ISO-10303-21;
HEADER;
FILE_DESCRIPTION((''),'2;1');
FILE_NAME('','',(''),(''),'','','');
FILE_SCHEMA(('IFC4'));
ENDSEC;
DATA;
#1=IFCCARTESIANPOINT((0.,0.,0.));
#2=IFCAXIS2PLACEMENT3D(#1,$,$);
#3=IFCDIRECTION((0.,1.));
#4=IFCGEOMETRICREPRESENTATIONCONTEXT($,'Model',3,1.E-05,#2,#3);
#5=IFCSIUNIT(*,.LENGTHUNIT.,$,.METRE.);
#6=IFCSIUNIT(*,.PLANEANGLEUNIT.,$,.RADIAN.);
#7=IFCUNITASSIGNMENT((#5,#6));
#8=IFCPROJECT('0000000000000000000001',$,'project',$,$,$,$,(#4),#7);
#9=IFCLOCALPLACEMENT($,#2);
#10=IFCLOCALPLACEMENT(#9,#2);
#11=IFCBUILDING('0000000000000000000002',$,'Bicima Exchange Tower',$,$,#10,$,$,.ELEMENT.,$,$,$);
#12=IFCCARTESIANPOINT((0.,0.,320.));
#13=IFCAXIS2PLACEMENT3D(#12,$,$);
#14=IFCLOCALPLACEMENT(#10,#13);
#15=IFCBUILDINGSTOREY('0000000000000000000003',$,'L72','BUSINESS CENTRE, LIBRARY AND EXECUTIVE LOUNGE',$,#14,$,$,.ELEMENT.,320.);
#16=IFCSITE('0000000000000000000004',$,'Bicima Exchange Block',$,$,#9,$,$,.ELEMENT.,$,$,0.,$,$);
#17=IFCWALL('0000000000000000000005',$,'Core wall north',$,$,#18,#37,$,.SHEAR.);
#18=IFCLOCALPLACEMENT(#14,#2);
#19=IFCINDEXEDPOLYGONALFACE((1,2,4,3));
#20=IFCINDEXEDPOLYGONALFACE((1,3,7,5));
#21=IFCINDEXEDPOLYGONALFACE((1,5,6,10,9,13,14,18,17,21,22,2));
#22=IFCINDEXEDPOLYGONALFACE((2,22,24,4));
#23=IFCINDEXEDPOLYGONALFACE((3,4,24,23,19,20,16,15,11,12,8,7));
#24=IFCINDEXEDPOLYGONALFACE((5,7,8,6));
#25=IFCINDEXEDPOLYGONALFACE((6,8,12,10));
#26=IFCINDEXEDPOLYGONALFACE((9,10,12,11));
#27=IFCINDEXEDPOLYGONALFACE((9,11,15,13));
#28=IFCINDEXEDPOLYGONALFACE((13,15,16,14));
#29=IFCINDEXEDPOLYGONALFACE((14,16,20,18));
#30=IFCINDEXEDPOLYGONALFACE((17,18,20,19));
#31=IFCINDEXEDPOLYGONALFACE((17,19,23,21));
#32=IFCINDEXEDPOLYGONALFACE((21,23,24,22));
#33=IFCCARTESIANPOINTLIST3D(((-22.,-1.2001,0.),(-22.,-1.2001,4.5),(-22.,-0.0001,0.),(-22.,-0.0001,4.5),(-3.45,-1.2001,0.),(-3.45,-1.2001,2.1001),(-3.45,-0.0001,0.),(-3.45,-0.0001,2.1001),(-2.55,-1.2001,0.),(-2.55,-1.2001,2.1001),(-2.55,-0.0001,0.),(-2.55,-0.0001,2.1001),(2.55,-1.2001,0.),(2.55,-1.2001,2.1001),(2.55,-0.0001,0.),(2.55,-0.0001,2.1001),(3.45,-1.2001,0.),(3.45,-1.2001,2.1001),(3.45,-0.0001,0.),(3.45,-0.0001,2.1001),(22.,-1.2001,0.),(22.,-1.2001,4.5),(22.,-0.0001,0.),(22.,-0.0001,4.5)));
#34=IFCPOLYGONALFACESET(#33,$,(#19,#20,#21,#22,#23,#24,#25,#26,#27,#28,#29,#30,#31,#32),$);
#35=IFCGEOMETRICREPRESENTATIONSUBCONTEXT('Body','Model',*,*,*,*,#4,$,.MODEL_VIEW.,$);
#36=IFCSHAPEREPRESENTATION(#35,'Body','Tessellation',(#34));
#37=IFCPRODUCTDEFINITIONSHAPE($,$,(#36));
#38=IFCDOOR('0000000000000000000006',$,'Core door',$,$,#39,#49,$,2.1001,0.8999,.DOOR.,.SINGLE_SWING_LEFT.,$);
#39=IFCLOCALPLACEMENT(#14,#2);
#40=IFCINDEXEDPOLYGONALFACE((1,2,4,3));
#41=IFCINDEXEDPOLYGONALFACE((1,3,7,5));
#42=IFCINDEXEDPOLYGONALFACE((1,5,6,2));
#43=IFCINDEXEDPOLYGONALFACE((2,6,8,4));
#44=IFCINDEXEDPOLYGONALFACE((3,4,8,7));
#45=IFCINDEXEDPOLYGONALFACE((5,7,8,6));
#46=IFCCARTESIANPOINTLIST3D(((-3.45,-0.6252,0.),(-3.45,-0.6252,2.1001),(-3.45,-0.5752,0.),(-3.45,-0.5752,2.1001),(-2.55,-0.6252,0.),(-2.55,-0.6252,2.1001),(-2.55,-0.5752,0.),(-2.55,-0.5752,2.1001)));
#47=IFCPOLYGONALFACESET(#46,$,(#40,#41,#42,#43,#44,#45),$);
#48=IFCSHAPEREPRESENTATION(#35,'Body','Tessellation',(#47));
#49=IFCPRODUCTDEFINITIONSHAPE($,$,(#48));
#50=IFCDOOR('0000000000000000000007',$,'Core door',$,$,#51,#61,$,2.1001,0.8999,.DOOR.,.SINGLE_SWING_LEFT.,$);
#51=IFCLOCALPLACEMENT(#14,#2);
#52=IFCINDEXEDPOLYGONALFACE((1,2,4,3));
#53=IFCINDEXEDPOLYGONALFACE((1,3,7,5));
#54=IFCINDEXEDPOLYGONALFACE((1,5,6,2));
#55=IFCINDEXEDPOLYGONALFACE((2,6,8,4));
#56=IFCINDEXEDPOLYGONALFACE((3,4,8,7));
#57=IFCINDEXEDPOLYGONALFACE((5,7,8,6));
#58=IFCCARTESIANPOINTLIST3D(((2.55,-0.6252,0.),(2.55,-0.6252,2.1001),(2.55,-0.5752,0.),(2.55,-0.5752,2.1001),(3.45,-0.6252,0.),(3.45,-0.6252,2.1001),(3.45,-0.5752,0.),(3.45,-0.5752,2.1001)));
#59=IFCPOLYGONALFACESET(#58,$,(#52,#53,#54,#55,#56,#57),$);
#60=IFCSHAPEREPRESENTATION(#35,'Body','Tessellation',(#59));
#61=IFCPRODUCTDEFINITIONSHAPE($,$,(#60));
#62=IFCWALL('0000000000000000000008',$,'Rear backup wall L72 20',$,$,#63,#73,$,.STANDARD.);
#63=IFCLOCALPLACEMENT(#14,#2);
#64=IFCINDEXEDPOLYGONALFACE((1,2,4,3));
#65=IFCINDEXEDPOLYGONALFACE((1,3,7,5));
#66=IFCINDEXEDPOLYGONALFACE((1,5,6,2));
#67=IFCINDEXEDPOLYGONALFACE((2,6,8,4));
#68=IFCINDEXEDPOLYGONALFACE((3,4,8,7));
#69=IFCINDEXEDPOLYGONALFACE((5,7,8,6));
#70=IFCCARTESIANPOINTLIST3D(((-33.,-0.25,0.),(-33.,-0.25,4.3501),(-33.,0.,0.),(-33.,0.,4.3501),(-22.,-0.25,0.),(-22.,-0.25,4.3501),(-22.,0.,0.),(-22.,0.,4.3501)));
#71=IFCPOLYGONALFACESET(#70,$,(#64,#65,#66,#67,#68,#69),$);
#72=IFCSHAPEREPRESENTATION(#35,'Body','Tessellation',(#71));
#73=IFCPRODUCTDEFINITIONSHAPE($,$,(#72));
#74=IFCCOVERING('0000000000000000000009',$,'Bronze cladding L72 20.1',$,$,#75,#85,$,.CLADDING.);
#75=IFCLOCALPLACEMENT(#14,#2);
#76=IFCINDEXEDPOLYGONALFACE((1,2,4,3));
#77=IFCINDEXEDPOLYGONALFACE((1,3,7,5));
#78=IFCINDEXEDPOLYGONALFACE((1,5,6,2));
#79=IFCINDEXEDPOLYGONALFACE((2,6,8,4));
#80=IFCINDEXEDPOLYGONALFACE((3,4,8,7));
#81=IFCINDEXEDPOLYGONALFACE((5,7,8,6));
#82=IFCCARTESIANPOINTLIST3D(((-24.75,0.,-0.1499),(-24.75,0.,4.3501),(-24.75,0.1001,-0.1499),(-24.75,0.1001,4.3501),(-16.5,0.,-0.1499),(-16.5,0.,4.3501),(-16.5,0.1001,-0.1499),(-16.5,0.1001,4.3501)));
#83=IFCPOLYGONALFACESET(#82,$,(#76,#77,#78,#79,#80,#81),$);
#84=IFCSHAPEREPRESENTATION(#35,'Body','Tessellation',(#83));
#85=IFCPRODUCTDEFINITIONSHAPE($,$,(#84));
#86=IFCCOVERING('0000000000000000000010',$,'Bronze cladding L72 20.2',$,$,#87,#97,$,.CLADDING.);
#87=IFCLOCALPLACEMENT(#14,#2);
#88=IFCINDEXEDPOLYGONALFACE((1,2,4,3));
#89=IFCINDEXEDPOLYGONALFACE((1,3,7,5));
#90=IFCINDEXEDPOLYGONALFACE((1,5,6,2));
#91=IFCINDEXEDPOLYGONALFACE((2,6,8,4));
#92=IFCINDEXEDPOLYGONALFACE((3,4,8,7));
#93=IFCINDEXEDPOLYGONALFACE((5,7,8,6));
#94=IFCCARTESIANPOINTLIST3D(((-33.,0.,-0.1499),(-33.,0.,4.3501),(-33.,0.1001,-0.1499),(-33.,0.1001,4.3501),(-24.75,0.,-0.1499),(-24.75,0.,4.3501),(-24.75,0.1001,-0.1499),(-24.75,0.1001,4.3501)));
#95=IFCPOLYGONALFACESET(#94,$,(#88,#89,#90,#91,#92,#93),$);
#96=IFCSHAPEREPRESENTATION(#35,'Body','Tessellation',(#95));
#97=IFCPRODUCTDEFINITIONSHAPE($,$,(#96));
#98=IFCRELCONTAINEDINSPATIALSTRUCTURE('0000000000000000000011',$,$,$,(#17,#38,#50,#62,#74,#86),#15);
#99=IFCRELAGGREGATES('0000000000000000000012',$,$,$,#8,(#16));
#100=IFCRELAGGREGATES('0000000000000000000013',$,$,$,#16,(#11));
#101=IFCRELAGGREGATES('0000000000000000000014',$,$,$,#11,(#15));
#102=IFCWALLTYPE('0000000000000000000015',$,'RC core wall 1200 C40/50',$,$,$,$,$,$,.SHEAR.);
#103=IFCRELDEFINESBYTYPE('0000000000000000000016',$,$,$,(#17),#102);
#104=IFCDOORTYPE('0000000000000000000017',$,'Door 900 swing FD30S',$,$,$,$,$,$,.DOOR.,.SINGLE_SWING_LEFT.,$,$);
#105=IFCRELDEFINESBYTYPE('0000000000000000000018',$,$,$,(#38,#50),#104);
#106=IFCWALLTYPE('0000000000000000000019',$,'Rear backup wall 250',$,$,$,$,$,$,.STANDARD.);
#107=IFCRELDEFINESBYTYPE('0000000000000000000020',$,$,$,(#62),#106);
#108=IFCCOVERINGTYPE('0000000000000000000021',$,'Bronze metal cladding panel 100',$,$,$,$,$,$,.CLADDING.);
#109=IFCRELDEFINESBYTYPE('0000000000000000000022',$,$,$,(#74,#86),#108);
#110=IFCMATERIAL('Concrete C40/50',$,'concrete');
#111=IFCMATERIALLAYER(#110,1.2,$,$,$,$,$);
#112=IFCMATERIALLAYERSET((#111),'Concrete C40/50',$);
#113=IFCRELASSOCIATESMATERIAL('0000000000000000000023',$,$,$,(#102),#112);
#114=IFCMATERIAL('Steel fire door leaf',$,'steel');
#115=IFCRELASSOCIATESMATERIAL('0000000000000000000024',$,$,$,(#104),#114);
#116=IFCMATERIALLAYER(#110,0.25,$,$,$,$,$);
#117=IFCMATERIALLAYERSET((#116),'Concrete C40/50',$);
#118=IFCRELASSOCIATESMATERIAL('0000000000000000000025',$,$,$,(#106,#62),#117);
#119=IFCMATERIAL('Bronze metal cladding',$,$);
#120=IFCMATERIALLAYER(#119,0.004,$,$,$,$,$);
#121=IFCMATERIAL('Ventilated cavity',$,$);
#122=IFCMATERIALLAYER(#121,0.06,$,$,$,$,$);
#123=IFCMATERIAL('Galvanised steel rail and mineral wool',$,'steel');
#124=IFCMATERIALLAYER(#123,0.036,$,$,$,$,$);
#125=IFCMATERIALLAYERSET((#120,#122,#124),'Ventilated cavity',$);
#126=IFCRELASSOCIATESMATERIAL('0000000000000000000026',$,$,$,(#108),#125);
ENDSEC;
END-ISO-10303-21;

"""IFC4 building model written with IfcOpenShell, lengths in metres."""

from ifc_helpers import new_model, si_unit, direction, frame, frame_2d, origin, origin_2d, place, context, subcontext, project, spatial, rectangle, extrude, material, layer, layer_set, layer_usage, type_object, element, fill, save


model = new_model("IFC4")

# Units and contexts
model_context = context("Model", 3, precision=1e-05, world=origin(), true_north=direction((0.0, 1.0)))
body_context = subcontext(model_context, "Body", "Model", "MODEL_VIEW")
ifc_project = project(units=[si_unit("LENGTHUNIT", "METRE"), si_unit("PLANEANGLEUNIT", "RADIAN")], contexts=[model_context])

# Site, building, storey
site_placement = place(None, origin())
site = spatial("IfcSite", under=ifc_project, at=site_placement, Name="Bicima Exchange Block", CompositionType="ELEMENT", RefElevation=0.0)
building_placement = place(site_placement, origin())
building = spatial("IfcBuilding", under=site, at=building_placement, Name="Bicima Exchange Tower", CompositionType="ELEMENT")
storey_placement = place(building_placement, frame((0.0, 0.0, 320.0)))
storey = spatial("IfcBuildingStorey", under=building, at=storey_placement, Name="L72", Description="BUSINESS CENTRE, LIBRARY AND EXECUTIVE LOUNGE", CompositionType="ELEMENT", Elevation=320.0)

# Wall, openings, doors
ifc_material_1 = material(Name="Concrete C40/50", Category="concrete")
ifc_layer_1 = layer(ifc_material_1, 1.2)
ifc_layer_set_1 = layer_set([ifc_layer_1], Name="Concrete C40/50")
wall_type_1 = type_object("IfcWallType", Name="RC core wall 1200 C40/50", PredefinedType="SHEAR", material=ifc_layer_set_1)
wall_1_placement = place(storey_placement, frame((-22.0, -0.6001, 0.0), z_axis=(0.0, 0.0, 1.0), x_axis=(1.0, 0.0, 0.0)))
wall_1 = element("IfcWall", 1, at=wall_1_placement, inside=storey, type_object=wall_type_1, Name="Core wall north", PredefinedType="SHEAR", context=body_context, shape_type="SweptSolid", body=[
    extrude(rectangle(XDim=44.0, YDim=1.2, at=frame_2d((22.0, 0.0))), origin(), (0.0, 0.0, 1.0), 4.5),
])
opening_1_placement = place(wall_1_placement, frame((18.55, 0.0, 0.0)))
opening_1 = element("IfcOpeningElement", 2, at=opening_1_placement, cuts=wall_1, PredefinedType="OPENING", context=body_context, shape_type="SweptSolid", body=[
    extrude(rectangle(XDim=0.8999, YDim=2.1001, at=frame_2d((0.45, 1.05))), frame((0.0, 0.6118, 0.0), z_axis=(0.0, -1.0, 0.0), x_axis=(1.0, 0.0, 0.0)), (0.0, 0.0, 1.0), 1.2239),
])
opening_2_placement = place(wall_1_placement, frame((24.55, 0.0, 0.0)))
opening_2 = element("IfcOpeningElement", 3, at=opening_2_placement, cuts=wall_1, PredefinedType="OPENING", context=body_context, shape_type="SweptSolid", body=[
    extrude(rectangle(XDim=0.8999, YDim=2.1001, at=frame_2d((0.45, 1.05))), frame((0.0, 0.6118, 0.0), z_axis=(0.0, -1.0, 0.0), x_axis=(1.0, 0.0, 0.0)), (0.0, 0.0, 1.0), 1.2239),
])
ifc_material_2 = material(Name="Steel fire door leaf", Category="steel")
door_type = type_object("IfcDoorType", Name="Door 900 swing FD30S", OperationType="SINGLE_SWING_LEFT", PredefinedType="DOOR", material=ifc_material_2)
door_1_placement = place(opening_1_placement, origin())
door_1 = element("IfcDoor", 4, at=door_1_placement, inside=storey, type_object=door_type, Name="Core door", OperationType="SINGLE_SWING_LEFT", OverallHeight=2.1001, OverallWidth=0.8999, PredefinedType="DOOR", context=body_context, shape_type="SweptSolid", body=[
    extrude(rectangle(XDim=0.8999, YDim=2.1001, at=frame_2d((0.45, 1.05))), frame((0.0, 0.0249, 0.0), z_axis=(0.0, -1.0, 0.0), x_axis=(1.0, 0.0, 0.0)), (0.0, 0.0, 1.0), 0.05),
])
fill(opening_1, door_1)
door_2_placement = place(opening_2_placement, origin())
door_2 = element("IfcDoor", 5, at=door_2_placement, inside=storey, type_object=door_type, Name="Core door", OperationType="SINGLE_SWING_LEFT", OverallHeight=2.1001, OverallWidth=0.8999, PredefinedType="DOOR", context=body_context, shape_type="SweptSolid", body=[
    extrude(rectangle(XDim=0.8999, YDim=2.1001, at=frame_2d((0.45, 1.05))), frame((0.0, 0.0249, 0.0), z_axis=(0.0, -1.0, 0.0), x_axis=(1.0, 0.0, 0.0)), (0.0, 0.0, 1.0), 0.05),
])
fill(opening_2, door_2)

# Wall
ifc_layer_2 = layer(ifc_material_1, 0.25)
ifc_layer_set_2 = layer_set([ifc_layer_2], Name="Concrete C40/50")
ifc_layer_usage = layer_usage(ifc_layer_set_2, "AXIS2", "POSITIVE", -0.125)
wall_type_2 = type_object("IfcWallType", Name="Rear backup wall 250", PredefinedType="STANDARD", material=ifc_layer_set_2)
wall_2_placement = place(storey_placement, frame((-22.0, -0.125, 0.0), z_axis=(0.0, 0.0, 1.0), x_axis=(-1.0, 0.0, 0.0)))
element("IfcWall", 6, at=wall_2_placement, inside=storey, type_object=wall_type_2, material=ifc_layer_usage, Name="Rear backup wall L72 20", PredefinedType="STANDARD", context=body_context, shape_type="SweptSolid", body=[
    extrude(rectangle(XDim=11.0, YDim=0.25, at=frame_2d((5.5, 0.0))), origin(), (0.0, 0.0, 1.0), 4.3501),
])

# Coverings
ifc_material_3 = material(Name="Bronze metal cladding")
ifc_layer_3 = layer(ifc_material_3, 0.004)
ifc_material_4 = material(Name="Ventilated cavity")
ifc_layer_4 = layer(ifc_material_4, 0.06)
ifc_material_5 = material(Name="Galvanised steel rail and mineral wool", Category="steel")
ifc_layer_5 = layer(ifc_material_5, 0.036)
ifc_layer_set_3 = layer_set([ifc_layer_3, ifc_layer_4, ifc_layer_5], Name="Ventilated cavity")
covering_type = type_object("IfcCoveringType", Name="Bronze metal cladding panel 100", PredefinedType="CLADDING", material=ifc_layer_set_3)
for number, where, z_axis, x_axis, name in (
    (7, (-20.625, 0.05, -0.1499), (0.0, 0.0, 1.0), (-1.0, 0.0, 0.0), "Bronze cladding L72 20.1"),
    (8, (-28.875, 0.05, -0.1499), (0.0, 0.0, 1.0), (-1.0, 0.0, 0.0), "Bronze cladding L72 20.2"),
):
    element("IfcCovering", number, at=place(storey_placement, frame(where, z_axis=z_axis, x_axis=x_axis)), inside=storey, type_object=covering_type, Name=name, PredefinedType="CLADDING", context=body_context, shape_type="SweptSolid", body=[
        extrude(rectangle(XDim=8.25, YDim=0.1001, at=origin_2d()), origin(), (0.0, 0.0, 1.0), 4.5),
    ])

save(model, "model.ifc")
